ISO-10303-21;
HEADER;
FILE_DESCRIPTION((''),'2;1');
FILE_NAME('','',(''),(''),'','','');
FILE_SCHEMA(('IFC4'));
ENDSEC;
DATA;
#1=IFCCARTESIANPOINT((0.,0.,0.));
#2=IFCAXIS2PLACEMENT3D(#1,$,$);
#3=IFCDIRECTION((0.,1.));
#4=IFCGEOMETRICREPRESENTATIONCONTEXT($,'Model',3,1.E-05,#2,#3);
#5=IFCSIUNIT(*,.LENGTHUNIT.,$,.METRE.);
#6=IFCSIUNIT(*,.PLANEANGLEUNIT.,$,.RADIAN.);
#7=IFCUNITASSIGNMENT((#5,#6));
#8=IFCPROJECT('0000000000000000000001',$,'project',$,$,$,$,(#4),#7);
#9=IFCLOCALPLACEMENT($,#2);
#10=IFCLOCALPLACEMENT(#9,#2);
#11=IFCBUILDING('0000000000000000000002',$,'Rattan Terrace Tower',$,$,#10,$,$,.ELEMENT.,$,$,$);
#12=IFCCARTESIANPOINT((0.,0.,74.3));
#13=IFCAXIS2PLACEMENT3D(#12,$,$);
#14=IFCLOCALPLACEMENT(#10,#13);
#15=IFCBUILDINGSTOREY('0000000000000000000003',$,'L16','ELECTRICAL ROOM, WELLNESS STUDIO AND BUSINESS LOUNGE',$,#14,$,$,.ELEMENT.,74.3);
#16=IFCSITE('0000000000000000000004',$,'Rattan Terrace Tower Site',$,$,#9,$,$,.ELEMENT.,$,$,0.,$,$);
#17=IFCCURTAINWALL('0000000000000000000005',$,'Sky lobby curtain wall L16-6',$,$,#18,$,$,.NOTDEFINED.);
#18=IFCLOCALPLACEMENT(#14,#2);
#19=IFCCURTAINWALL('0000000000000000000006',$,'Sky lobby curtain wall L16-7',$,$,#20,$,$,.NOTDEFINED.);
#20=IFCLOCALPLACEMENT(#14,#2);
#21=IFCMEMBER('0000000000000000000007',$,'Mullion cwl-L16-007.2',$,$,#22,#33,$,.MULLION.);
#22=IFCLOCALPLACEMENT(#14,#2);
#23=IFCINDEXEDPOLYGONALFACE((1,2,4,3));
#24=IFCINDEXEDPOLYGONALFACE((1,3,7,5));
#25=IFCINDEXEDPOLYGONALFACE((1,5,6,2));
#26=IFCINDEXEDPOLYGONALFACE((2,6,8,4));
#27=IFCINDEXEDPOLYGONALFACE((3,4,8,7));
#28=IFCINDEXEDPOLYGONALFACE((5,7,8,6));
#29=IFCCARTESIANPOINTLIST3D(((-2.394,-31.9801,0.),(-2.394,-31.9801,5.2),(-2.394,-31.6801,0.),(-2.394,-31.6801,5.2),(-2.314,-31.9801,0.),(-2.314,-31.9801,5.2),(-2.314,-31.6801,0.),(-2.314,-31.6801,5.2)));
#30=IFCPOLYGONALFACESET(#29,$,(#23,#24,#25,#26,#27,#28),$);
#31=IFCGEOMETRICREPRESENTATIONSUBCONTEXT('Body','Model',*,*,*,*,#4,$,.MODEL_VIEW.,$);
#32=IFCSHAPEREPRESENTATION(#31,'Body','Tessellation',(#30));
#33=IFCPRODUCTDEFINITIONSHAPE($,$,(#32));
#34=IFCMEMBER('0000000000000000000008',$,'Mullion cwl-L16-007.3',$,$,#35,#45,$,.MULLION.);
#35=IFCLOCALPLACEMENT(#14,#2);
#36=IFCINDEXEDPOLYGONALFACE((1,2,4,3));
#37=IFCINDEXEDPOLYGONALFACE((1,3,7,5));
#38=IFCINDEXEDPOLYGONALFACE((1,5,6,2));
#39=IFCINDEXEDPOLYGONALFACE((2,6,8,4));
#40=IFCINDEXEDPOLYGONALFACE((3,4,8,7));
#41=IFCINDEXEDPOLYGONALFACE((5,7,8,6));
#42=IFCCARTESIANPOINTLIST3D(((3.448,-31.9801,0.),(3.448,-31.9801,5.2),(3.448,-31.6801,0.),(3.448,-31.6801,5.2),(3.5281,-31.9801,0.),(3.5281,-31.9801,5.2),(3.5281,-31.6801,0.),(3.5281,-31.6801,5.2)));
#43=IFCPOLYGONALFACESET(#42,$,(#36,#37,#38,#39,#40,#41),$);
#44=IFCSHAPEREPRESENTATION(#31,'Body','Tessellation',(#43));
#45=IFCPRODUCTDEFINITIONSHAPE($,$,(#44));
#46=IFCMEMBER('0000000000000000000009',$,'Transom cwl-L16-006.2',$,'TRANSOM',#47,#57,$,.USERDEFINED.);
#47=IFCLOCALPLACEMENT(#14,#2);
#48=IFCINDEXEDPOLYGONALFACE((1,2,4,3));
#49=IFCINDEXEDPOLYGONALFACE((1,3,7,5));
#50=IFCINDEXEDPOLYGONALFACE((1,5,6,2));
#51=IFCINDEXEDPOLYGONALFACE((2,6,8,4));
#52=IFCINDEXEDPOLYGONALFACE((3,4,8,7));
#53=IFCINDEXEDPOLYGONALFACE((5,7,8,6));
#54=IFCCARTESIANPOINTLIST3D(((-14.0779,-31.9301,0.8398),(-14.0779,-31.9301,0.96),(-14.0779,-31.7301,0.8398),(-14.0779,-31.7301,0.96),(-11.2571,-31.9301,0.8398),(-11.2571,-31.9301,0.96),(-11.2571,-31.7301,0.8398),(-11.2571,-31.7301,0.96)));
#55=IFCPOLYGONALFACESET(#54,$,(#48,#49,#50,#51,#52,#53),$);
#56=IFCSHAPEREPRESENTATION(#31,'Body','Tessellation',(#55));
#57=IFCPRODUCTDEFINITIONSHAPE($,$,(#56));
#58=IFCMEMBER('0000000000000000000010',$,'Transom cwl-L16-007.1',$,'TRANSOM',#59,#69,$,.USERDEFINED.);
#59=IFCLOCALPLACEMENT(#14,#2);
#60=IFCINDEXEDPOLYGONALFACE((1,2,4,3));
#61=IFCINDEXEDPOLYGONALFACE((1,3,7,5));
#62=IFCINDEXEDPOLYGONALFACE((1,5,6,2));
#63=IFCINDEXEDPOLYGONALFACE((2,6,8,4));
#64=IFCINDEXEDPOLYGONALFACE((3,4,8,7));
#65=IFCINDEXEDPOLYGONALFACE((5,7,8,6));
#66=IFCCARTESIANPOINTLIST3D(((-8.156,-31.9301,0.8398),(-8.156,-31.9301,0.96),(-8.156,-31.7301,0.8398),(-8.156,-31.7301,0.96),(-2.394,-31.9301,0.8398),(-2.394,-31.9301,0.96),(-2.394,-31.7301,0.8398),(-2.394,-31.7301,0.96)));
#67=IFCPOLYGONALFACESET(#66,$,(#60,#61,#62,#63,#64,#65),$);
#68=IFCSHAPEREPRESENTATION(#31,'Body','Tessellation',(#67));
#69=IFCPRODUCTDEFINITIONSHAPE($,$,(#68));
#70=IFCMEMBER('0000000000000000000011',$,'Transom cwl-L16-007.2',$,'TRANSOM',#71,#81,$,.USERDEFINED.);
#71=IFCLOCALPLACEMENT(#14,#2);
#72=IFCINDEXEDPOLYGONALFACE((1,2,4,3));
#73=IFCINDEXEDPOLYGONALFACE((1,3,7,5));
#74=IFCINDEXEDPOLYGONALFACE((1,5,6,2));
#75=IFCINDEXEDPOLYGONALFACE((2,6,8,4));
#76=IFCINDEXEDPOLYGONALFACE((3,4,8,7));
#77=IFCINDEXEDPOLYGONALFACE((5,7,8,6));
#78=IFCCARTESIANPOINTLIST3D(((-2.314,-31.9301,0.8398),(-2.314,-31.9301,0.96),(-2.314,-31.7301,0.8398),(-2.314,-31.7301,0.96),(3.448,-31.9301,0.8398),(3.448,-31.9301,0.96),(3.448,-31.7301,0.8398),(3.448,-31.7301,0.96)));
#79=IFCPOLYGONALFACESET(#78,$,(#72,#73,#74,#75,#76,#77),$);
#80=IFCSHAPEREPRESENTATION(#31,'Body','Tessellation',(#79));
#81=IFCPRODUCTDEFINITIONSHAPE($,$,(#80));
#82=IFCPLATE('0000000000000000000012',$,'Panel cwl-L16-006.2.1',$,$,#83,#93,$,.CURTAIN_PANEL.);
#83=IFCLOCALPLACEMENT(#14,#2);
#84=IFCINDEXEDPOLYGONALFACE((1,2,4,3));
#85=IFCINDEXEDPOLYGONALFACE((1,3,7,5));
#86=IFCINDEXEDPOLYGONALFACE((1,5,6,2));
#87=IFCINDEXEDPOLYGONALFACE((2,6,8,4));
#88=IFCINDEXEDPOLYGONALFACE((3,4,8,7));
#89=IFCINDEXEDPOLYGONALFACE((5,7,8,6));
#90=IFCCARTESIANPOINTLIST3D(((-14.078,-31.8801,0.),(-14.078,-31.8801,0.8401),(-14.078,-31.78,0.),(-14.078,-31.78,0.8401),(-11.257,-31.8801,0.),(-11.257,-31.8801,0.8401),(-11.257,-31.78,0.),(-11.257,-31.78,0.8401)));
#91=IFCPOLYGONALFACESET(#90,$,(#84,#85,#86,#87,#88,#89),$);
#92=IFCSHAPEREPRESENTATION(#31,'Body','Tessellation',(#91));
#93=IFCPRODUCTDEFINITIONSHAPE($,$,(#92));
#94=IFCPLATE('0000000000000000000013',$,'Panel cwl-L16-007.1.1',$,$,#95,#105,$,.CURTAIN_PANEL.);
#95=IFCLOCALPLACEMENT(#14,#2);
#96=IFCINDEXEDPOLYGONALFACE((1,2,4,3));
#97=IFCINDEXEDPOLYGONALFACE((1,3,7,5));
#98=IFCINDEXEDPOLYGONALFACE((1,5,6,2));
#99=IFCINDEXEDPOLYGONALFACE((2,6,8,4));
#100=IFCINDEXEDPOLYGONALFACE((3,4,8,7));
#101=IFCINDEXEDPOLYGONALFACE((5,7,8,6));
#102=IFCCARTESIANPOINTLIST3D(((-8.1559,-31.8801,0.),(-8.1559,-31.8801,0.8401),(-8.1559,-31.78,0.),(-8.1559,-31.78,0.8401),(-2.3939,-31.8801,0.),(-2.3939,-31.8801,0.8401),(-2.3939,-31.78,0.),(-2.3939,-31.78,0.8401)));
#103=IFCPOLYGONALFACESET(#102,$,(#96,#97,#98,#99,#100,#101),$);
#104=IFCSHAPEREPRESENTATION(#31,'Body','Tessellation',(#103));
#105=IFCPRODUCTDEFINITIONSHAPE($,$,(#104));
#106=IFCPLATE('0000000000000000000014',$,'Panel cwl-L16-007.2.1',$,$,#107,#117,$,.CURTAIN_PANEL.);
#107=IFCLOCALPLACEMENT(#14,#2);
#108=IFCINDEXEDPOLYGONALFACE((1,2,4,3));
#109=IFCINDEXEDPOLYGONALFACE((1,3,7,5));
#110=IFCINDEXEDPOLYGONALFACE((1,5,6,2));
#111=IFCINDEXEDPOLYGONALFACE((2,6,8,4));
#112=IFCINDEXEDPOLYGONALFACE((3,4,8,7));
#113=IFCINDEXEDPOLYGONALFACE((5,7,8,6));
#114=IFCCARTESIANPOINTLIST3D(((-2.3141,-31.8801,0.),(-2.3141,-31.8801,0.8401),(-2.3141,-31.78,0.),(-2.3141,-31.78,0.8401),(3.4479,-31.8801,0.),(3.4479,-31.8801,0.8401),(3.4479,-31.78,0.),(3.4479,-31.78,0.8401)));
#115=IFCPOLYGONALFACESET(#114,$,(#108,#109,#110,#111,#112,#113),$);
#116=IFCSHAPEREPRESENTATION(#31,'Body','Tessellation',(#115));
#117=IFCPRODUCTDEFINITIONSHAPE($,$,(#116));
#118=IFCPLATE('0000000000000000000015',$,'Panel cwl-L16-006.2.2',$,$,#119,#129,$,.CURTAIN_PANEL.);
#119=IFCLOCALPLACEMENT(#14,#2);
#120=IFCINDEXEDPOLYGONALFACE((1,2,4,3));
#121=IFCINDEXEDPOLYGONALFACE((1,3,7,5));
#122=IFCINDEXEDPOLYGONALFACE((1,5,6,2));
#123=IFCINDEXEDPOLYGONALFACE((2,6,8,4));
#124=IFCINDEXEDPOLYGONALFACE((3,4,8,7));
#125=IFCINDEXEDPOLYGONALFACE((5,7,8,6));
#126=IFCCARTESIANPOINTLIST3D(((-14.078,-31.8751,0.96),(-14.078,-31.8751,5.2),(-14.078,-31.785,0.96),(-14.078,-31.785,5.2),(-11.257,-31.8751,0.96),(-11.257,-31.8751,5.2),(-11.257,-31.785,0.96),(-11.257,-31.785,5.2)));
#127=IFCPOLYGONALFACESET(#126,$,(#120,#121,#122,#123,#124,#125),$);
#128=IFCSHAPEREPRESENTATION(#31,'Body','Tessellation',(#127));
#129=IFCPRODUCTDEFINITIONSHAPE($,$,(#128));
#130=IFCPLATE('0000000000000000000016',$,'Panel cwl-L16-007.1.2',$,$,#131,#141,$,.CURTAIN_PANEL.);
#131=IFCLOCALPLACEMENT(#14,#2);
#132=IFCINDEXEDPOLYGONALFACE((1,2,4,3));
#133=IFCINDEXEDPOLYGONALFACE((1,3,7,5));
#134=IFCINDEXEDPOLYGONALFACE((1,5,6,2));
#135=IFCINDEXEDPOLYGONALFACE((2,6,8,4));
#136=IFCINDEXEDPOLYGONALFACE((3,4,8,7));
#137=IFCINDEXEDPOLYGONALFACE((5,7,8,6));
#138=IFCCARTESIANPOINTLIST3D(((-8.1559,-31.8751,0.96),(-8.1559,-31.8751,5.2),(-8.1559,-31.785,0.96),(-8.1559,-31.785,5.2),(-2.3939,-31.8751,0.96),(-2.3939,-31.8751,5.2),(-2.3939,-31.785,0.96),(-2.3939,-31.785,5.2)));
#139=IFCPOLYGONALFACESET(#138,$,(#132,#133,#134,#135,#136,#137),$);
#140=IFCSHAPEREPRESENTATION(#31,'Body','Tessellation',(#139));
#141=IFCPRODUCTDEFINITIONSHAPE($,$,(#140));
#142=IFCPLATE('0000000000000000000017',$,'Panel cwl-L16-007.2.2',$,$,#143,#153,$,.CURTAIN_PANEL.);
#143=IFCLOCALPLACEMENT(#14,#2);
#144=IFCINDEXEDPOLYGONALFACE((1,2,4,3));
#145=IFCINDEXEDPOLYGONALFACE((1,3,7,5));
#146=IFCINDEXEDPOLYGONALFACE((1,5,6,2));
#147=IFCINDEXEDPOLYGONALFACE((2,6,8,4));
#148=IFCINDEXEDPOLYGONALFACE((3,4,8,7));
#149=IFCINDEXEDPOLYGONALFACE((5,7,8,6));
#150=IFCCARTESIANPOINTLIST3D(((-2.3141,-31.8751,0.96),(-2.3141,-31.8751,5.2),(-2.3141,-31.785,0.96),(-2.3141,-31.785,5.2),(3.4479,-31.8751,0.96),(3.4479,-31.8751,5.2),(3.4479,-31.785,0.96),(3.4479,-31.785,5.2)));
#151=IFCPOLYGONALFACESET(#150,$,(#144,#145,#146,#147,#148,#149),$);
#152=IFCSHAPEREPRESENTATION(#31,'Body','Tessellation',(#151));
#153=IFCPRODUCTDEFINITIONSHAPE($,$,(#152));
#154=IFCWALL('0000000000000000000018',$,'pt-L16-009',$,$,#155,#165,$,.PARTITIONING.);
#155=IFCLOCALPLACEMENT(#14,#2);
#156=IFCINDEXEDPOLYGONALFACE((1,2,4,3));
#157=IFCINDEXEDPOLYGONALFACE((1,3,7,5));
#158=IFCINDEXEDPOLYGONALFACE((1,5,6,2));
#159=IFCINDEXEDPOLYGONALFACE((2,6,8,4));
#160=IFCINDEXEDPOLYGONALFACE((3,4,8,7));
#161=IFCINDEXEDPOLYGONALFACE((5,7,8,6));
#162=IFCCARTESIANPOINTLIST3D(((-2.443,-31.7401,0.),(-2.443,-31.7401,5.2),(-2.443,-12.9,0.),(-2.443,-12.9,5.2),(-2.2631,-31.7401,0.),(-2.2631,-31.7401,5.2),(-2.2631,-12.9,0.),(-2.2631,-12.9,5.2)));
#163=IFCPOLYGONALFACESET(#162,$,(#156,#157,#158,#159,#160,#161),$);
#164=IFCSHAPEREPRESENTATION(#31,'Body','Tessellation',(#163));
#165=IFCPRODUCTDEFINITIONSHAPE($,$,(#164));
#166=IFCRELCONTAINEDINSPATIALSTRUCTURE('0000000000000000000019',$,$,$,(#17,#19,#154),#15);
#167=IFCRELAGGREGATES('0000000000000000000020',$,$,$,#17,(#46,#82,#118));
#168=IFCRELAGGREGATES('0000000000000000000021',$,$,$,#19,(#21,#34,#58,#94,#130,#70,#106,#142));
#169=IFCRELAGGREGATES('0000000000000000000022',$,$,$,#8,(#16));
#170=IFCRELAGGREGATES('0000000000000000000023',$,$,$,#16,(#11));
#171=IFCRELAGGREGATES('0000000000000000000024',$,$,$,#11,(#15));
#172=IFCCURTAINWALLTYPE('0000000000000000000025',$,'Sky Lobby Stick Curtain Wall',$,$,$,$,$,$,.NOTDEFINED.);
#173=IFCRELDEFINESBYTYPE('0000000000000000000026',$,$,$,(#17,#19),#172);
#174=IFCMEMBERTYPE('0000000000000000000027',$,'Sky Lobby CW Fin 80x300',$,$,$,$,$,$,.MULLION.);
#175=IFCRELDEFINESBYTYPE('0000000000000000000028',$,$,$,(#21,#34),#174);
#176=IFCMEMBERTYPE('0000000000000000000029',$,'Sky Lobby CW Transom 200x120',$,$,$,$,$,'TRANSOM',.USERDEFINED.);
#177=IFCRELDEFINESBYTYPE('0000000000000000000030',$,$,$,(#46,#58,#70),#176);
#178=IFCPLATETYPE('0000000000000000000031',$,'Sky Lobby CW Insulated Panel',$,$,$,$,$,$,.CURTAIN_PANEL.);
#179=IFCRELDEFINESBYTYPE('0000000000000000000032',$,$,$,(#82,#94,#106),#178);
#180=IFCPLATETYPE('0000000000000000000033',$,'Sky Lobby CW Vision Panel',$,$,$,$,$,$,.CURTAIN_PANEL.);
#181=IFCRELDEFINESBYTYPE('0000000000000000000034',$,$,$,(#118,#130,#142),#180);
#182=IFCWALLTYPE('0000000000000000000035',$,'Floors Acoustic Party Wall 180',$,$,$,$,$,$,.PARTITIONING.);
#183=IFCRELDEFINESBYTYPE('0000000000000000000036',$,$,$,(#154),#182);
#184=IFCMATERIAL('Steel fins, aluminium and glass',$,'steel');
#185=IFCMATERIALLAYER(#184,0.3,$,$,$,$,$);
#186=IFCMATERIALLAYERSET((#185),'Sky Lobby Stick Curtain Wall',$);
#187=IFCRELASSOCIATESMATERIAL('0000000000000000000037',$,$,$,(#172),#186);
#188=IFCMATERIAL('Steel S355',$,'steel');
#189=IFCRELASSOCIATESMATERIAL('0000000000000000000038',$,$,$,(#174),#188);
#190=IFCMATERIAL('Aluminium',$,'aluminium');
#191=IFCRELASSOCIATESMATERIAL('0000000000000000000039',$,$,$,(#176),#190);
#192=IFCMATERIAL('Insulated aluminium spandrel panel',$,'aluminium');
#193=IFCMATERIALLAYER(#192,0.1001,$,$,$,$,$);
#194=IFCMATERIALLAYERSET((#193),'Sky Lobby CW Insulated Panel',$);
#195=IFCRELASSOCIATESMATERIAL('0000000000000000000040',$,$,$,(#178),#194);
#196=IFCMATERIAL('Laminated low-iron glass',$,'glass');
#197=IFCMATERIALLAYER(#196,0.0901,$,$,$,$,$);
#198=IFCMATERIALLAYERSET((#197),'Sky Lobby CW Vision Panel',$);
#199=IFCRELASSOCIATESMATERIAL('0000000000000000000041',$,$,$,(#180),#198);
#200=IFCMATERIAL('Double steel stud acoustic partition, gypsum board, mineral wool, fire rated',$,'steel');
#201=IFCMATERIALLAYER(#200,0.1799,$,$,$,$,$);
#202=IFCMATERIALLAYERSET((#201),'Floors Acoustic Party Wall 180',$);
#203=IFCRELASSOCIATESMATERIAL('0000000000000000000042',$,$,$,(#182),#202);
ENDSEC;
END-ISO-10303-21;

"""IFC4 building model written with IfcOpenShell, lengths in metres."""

from ifc_helpers import new_model, si_unit, direction, frame, frame_2d, origin, origin_2d, place, context, subcontext, project, spatial, rectangle, extrude, material, layer, layer_set, material_profile, profile_set, type_object, element, aggregate, save


model = new_model("IFC4")

# Units and contexts
model_context = context("Model", 3, precision=1e-05, world=origin(), true_north=direction((0.0, 1.0)))
body_context = subcontext(model_context, "Body", "Model", "MODEL_VIEW")
ifc_project = project(units=[si_unit("LENGTHUNIT", "METRE"), si_unit("PLANEANGLEUNIT", "RADIAN")], contexts=[model_context])

# Site, building, storey
site_placement = place(None, origin())
site = spatial("IfcSite", under=ifc_project, at=site_placement, Name="Rattan Terrace Tower Site", CompositionType="ELEMENT", RefElevation=0.0)
building_placement = place(site_placement, origin())
building = spatial("IfcBuilding", under=site, at=building_placement, Name="Rattan Terrace Tower", CompositionType="ELEMENT")
storey_placement = place(building_placement, frame((0.0, 0.0, 74.3)))
storey = spatial("IfcBuildingStorey", under=building, at=storey_placement, Name="L16", Description="ELECTRICAL ROOM, WELLNESS STUDIO AND BUSINESS LOUNGE", CompositionType="ELEMENT", Elevation=74.3)

# Curtain walls, members
ifc_material_1 = material(Name="Steel fins, aluminium and glass", Category="steel")
ifc_layer_1 = layer(ifc_material_1, 0.3)
ifc_layer_set_1 = layer_set([ifc_layer_1], Name="Sky Lobby Stick Curtain Wall")
curtain_wall_type = type_object("IfcCurtainWallType", Name="Sky Lobby Stick Curtain Wall", PredefinedType="NOTDEFINED", material=ifc_layer_set_1)
curtain_wall_1_placement = place(storey_placement, origin())
curtain_wall_1 = element("IfcCurtainWall", 1, at=curtain_wall_1_placement, inside=storey, type_object=curtain_wall_type, Name="Sky lobby curtain wall L16-6", PredefinedType="NOTDEFINED")
ifc_material_2 = material(Name="Steel S355", Category="steel")
ifc_material_profile_1 = material_profile(ifc_material_2, rectangle(XDim=0.0801, YDim=0.3, at=origin_2d()), Name="Steel S355 80x300")
ifc_profile_set_1 = profile_set([ifc_material_profile_1], Name="Steel S355")
member_type_1 = type_object("IfcMemberType", Name="Sky Lobby CW Fin 80x300", PredefinedType="MULLION", material=ifc_profile_set_1)
curtain_wall_2_placement = place(storey_placement, origin())
curtain_wall_2 = element("IfcCurtainWall", 2, at=curtain_wall_2_placement, inside=storey, type_object=curtain_wall_type, Name="Sky lobby curtain wall L16-7", PredefinedType="NOTDEFINED")
member_1_placement = place(storey_placement, frame((-2.354, -31.8301, 0.0), z_axis=(0.0, 0.0, 1.0), x_axis=(1.0, 0.0, 0.0)))
member_1 = element("IfcMember", 3, at=member_1_placement, type_object=member_type_1, Name="Mullion cwl-L16-007.2", PredefinedType="MULLION", context=body_context, shape_type="SweptSolid", body=[
    extrude(rectangle(XDim=0.0801, YDim=0.3, at=origin_2d()), origin(), (0.0, 0.0, 1.0), 5.2),
])
member_2_placement = place(storey_placement, frame((3.488, -31.8301, 0.0), z_axis=(0.0, 0.0, 1.0), x_axis=(1.0, 0.0, 0.0)))
member_2 = element("IfcMember", 4, at=member_2_placement, type_object=member_type_1, Name="Mullion cwl-L16-007.3", PredefinedType="MULLION", context=body_context, shape_type="SweptSolid", body=[
    extrude(rectangle(XDim=0.0801, YDim=0.3, at=origin_2d()), origin(), (0.0, 0.0, 1.0), 5.2),
])

# Members
ifc_material_3 = material(Name="Aluminium", Category="aluminium")
ifc_material_profile_2 = material_profile(ifc_material_3, rectangle(XDim=0.2, YDim=0.1201, at=origin_2d()), Name="Aluminium 200x120")
ifc_profile_set_2 = profile_set([ifc_material_profile_2], Name="Aluminium")
member_type_2 = type_object("IfcMemberType", Name="Sky Lobby CW Transom 200x120", ElementType="TRANSOM", PredefinedType="USERDEFINED", material=ifc_profile_set_2)
member_3_placement = place(storey_placement, frame((-14.0779, -31.8301, 0.8999), z_axis=(1.0, 0.0, 0.0), x_axis=(0.0, 1.0, 0.0)))
member_3 = element("IfcMember", 5, at=member_3_placement, type_object=member_type_2, Name="Transom cwl-L16-006.2", ObjectType="TRANSOM", PredefinedType="USERDEFINED", context=body_context, shape_type="SweptSolid", body=[
    extrude(rectangle(XDim=0.2, YDim=0.1201, at=origin_2d()), origin(), (0.0, 0.0, 1.0), 2.8208),
])
member_4_placement = place(storey_placement, frame((-8.156, -31.8301, 0.8999), z_axis=(1.0, 0.0, 0.0), x_axis=(0.0, 1.0, 0.0)))
member_4 = element("IfcMember", 6, at=member_4_placement, type_object=member_type_2, Name="Transom cwl-L16-007.1", ObjectType="TRANSOM", PredefinedType="USERDEFINED", context=body_context, shape_type="SweptSolid", body=[
    extrude(rectangle(XDim=0.2, YDim=0.1201, at=origin_2d()), origin(), (0.0, 0.0, 1.0), 5.762),
])
member_5_placement = place(storey_placement, frame((-2.314, -31.8301, 0.8999), z_axis=(1.0, 0.0, 0.0), x_axis=(0.0, 1.0, 0.0)))
member_5 = element("IfcMember", 7, at=member_5_placement, type_object=member_type_2, Name="Transom cwl-L16-007.2", ObjectType="TRANSOM", PredefinedType="USERDEFINED", context=body_context, shape_type="SweptSolid", body=[
    extrude(rectangle(XDim=0.2, YDim=0.1201, at=origin_2d()), origin(), (0.0, 0.0, 1.0), 5.762),
])

# Plates
ifc_material_4 = material(Name="Insulated aluminium spandrel panel", Category="aluminium")
ifc_layer_2 = layer(ifc_material_4, 0.1001)
ifc_layer_set_2 = layer_set([ifc_layer_2], Name="Sky Lobby CW Insulated Panel")
plate_type_1 = type_object("IfcPlateType", Name="Sky Lobby CW Insulated Panel", PredefinedType="CURTAIN_PANEL", material=ifc_layer_set_2)
plate_1_placement = place(storey_placement, frame((-12.6675, -31.8301, 0.0), z_axis=(0.0, 0.0, 1.0), x_axis=(1.0, 0.0, 0.0)))
plate_1 = element("IfcPlate", 8, at=plate_1_placement, type_object=plate_type_1, Name="Panel cwl-L16-006.2.1", PredefinedType="CURTAIN_PANEL", context=body_context, shape_type="SweptSolid", body=[
    extrude(rectangle(XDim=2.821, YDim=0.1001, at=origin_2d()), origin(), (0.0, 0.0, 1.0), 0.8401),
])
plate_2_placement = place(storey_placement, frame((-5.2749, -31.8301, 0.0), z_axis=(0.0, 0.0, 1.0), x_axis=(1.0, 0.0, 0.0)))
plate_2 = element("IfcPlate", 9, at=plate_2_placement, type_object=plate_type_1, Name="Panel cwl-L16-007.1.1", PredefinedType="CURTAIN_PANEL", context=body_context, shape_type="SweptSolid", body=[
    extrude(rectangle(XDim=5.762, YDim=0.1001, at=origin_2d()), origin(), (0.0, 0.0, 1.0), 0.8401),
])
plate_3_placement = place(storey_placement, frame((0.5669, -31.8301, 0.0), z_axis=(0.0, 0.0, 1.0), x_axis=(1.0, 0.0, 0.0)))
plate_3 = element("IfcPlate", 10, at=plate_3_placement, type_object=plate_type_1, Name="Panel cwl-L16-007.2.1", PredefinedType="CURTAIN_PANEL", context=body_context, shape_type="SweptSolid", body=[
    extrude(rectangle(XDim=5.762, YDim=0.1001, at=origin_2d()), origin(), (0.0, 0.0, 1.0), 0.8401),
])
ifc_material_5 = material(Name="Laminated low-iron glass", Category="glass")
ifc_layer_3 = layer(ifc_material_5, 0.0901)
ifc_layer_set_3 = layer_set([ifc_layer_3], Name="Sky Lobby CW Vision Panel")
plate_type_2 = type_object("IfcPlateType", Name="Sky Lobby CW Vision Panel", PredefinedType="CURTAIN_PANEL", material=ifc_layer_set_3)
plate_4_placement = place(storey_placement, frame((-12.6675, -31.8301, 0.96), z_axis=(0.0, 0.0, 1.0), x_axis=(1.0, 0.0, 0.0)))
plate_4 = element("IfcPlate", 11, at=plate_4_placement, type_object=plate_type_2, Name="Panel cwl-L16-006.2.2", PredefinedType="CURTAIN_PANEL", context=body_context, shape_type="SweptSolid", body=[
    extrude(rectangle(XDim=2.821, YDim=0.0901, at=origin_2d()), origin(), (0.0, 0.0, 1.0), 4.24),
])
aggregate(curtain_wall_1, [member_3, plate_1, plate_4])
plate_5_placement = place(storey_placement, frame((-5.2749, -31.8301, 0.96), z_axis=(0.0, 0.0, 1.0), x_axis=(1.0, 0.0, 0.0)))
plate_5 = element("IfcPlate", 12, at=plate_5_placement, type_object=plate_type_2, Name="Panel cwl-L16-007.1.2", PredefinedType="CURTAIN_PANEL", context=body_context, shape_type="SweptSolid", body=[
    extrude(rectangle(XDim=5.762, YDim=0.0901, at=origin_2d()), origin(), (0.0, 0.0, 1.0), 4.24),
])
plate_6_placement = place(storey_placement, frame((0.5669, -31.8301, 0.96), z_axis=(0.0, 0.0, 1.0), x_axis=(1.0, 0.0, 0.0)))
plate_6 = element("IfcPlate", 13, at=plate_6_placement, type_object=plate_type_2, Name="Panel cwl-L16-007.2.2", PredefinedType="CURTAIN_PANEL", context=body_context, shape_type="SweptSolid", body=[
    extrude(rectangle(XDim=5.762, YDim=0.0901, at=origin_2d()), origin(), (0.0, 0.0, 1.0), 4.24),
])
aggregate(curtain_wall_2, [member_1, member_2, member_4, plate_2, plate_5, member_5, plate_3, plate_6])

# Wall
ifc_material_6 = material(Name="Double steel stud acoustic partition, gypsum board, mineral wool, fire rated", Category="steel")
ifc_layer_4 = layer(ifc_material_6, 0.1799)
ifc_layer_set_4 = layer_set([ifc_layer_4], Name="Floors Acoustic Party Wall 180")
wall_type_1 = type_object("IfcWallType", Name="Floors Acoustic Party Wall 180", PredefinedType="PARTITIONING", material=ifc_layer_set_4)
wall_1_placement = place(storey_placement, frame((-2.353, -31.74, 0.0), z_axis=(0.0, 0.0, 1.0), x_axis=(0.0, 1.0, 0.0)))
element("IfcWall", 14, at=wall_1_placement, inside=storey, type_object=wall_type_1, Name="pt-L16-009", PredefinedType="PARTITIONING", context=body_context, shape_type="SweptSolid", body=[
    extrude(rectangle(XDim=18.8401, YDim=0.1799, at=frame_2d((9.4199, 0.0))), origin(), (0.0, 0.0, 1.0), 5.2),
])

save(model, "model.ifc")
